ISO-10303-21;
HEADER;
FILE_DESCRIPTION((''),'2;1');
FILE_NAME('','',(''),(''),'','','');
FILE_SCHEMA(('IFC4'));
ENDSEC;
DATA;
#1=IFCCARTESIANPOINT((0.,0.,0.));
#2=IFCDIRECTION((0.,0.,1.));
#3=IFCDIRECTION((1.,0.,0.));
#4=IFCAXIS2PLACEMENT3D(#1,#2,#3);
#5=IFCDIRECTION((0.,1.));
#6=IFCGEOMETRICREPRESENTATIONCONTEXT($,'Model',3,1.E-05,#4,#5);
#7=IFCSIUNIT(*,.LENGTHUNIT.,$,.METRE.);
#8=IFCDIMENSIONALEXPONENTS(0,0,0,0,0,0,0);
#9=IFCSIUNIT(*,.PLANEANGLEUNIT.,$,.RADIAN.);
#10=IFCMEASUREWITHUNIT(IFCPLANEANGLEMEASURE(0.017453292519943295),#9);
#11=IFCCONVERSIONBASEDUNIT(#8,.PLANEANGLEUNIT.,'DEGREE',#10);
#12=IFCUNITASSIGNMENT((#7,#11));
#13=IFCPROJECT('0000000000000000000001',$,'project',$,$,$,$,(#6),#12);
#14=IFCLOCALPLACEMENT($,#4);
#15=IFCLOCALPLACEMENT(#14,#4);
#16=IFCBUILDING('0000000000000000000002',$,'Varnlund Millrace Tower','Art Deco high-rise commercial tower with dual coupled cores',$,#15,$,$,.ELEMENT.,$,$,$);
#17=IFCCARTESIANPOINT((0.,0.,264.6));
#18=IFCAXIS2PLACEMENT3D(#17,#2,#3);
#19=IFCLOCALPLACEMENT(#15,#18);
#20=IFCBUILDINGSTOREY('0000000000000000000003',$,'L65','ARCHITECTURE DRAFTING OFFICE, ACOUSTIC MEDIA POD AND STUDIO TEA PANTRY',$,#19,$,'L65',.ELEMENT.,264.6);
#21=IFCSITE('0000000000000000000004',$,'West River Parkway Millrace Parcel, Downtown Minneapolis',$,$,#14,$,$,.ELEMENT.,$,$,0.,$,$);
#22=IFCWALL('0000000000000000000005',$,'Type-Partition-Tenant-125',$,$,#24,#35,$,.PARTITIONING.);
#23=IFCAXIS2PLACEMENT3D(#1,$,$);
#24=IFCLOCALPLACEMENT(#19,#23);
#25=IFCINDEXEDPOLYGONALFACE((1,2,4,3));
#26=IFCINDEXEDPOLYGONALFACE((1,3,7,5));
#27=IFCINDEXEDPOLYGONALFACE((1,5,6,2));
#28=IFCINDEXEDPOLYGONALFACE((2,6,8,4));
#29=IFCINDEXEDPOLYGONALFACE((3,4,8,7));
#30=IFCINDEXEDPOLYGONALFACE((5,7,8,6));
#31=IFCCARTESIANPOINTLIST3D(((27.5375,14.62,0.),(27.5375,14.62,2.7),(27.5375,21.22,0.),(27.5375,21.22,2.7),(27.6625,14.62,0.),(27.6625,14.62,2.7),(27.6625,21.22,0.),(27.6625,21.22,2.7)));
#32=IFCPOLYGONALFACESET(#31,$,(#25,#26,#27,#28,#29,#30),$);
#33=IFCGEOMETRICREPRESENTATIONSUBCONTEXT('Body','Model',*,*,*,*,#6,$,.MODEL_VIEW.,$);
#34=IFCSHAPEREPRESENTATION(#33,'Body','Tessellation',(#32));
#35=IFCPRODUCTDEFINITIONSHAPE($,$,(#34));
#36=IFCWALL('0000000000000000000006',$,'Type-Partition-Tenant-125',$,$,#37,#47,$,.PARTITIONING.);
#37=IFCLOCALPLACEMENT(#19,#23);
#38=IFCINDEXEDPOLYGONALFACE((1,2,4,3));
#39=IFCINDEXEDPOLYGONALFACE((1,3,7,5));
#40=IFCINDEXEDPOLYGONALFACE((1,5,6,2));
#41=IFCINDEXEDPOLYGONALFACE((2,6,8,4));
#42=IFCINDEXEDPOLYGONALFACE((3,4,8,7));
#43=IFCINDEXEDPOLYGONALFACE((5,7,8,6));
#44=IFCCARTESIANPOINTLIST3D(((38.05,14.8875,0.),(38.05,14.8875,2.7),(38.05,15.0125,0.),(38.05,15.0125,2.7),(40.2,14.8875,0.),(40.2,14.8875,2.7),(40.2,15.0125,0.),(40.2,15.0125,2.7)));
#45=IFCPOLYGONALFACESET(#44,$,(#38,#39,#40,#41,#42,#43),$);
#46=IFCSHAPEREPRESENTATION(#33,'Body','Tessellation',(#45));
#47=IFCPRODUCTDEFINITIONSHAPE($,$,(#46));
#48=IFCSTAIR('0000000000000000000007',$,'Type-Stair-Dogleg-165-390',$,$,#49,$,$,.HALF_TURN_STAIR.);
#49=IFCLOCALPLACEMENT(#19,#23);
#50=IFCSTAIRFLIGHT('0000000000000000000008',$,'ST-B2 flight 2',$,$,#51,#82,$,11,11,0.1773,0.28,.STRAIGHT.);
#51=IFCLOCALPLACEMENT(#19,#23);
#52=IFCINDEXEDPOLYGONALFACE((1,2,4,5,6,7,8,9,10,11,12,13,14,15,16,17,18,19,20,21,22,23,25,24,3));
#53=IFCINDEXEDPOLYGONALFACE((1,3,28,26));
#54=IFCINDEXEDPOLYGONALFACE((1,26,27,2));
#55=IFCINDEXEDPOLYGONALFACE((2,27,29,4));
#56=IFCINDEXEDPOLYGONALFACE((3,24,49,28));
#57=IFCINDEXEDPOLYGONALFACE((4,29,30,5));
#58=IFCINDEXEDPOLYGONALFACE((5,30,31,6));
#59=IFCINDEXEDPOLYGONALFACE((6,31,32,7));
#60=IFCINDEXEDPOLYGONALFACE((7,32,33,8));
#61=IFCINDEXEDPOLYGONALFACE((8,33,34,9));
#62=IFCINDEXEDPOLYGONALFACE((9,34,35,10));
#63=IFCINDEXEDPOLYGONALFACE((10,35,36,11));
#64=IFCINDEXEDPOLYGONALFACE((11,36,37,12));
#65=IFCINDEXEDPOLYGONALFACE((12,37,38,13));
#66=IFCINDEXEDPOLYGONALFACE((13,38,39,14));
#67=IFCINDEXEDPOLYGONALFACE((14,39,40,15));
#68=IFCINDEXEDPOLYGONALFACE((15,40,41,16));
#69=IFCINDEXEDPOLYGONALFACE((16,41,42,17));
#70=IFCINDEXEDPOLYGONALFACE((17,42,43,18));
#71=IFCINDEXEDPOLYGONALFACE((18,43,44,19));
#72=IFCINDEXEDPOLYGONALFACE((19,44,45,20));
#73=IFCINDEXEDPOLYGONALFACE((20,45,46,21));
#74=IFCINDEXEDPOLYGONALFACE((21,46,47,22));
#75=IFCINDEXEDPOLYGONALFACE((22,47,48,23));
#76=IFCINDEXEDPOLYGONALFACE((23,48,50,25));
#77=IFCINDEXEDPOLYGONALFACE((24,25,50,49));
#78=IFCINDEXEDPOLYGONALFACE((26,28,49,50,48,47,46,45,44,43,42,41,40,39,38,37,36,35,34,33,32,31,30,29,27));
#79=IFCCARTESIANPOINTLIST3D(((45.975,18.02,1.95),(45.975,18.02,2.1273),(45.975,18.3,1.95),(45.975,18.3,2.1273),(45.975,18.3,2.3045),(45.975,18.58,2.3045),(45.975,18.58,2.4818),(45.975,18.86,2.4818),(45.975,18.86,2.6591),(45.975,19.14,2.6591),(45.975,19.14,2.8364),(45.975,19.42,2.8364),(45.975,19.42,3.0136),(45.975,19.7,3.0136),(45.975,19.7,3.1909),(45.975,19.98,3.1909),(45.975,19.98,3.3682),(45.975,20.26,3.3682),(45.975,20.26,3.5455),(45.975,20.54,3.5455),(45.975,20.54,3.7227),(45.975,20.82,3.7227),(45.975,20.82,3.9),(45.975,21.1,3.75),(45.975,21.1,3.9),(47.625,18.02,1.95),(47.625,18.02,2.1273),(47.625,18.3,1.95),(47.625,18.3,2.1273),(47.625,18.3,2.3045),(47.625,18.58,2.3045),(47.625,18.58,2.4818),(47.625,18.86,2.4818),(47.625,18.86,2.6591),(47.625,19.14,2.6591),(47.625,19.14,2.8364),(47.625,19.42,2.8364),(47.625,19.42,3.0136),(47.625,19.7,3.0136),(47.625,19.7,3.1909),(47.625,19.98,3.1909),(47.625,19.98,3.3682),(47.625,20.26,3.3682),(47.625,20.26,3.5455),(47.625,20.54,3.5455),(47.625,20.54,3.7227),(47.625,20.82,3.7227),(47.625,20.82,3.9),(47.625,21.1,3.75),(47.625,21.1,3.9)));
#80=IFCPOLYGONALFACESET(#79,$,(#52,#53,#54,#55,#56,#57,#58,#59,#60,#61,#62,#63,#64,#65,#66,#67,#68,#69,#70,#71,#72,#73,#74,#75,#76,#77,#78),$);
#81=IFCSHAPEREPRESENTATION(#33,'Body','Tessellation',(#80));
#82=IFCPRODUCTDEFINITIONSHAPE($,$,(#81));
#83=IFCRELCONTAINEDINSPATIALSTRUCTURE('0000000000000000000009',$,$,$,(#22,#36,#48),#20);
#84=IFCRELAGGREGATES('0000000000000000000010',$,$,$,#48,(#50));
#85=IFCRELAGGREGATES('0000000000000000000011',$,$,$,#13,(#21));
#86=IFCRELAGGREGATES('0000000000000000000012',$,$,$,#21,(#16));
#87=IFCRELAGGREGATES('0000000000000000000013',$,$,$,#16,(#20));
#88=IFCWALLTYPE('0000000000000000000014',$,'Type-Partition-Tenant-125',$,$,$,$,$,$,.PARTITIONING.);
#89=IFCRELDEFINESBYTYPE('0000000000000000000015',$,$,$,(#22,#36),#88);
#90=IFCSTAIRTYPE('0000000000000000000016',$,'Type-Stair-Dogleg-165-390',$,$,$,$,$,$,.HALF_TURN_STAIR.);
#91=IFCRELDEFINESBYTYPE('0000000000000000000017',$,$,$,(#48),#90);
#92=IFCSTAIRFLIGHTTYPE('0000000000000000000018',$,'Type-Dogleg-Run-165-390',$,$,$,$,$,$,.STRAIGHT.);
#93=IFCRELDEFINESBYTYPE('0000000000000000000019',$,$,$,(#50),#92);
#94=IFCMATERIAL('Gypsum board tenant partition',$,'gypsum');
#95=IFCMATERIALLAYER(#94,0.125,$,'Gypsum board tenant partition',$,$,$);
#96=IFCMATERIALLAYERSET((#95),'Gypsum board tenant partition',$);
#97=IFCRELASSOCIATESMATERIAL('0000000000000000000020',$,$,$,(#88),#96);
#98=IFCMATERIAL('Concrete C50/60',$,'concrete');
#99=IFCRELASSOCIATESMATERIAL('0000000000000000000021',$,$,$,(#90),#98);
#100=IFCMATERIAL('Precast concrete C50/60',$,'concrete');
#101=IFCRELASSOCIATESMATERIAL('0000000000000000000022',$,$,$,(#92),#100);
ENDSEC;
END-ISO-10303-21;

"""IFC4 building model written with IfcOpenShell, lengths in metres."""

from ifc_helpers import new_model, entity, si_unit, converted_unit, direction, frame, origin_with_axes, place, context, subcontext, project, spatial, polyline, outline, extrude, material, layer, layer_set, type_object, element, aggregate, save


model = new_model("IFC4")

# Units and contexts
model_context = context("Model", 3, precision=1e-05, world=origin_with_axes(), true_north=direction((0.0, 1.0)))
body_context = subcontext(model_context, "Body", "Model", "MODEL_VIEW")
ifc_project = project(units=[si_unit("LENGTHUNIT", "METRE"), converted_unit("PLANEANGLEUNIT", "DEGREE", entity("IfcPlaneAngleMeasure", 0.017453292519943295), si_unit("PLANEANGLEUNIT", "RADIAN"), dimensions=[0, 0, 0, 0, 0, 0, 0])], contexts=[model_context])

# Site, building, storey
site_placement = place(None, origin_with_axes())
site = spatial("IfcSite", under=ifc_project, at=site_placement, Name="West River Parkway Millrace Parcel, Downtown Minneapolis", CompositionType="ELEMENT", RefElevation=0.0)
building_placement = place(site_placement, origin_with_axes())
building = spatial("IfcBuilding", under=site, at=building_placement, Name="Varnlund Millrace Tower", Description="Art Deco high-rise commercial tower with dual coupled cores", CompositionType="ELEMENT")
storey_placement = place(building_placement, frame((0.0, 0.0, 264.6), z_axis=(0.0, 0.0, 1.0), x_axis=(1.0, 0.0, 0.0)))
storey = spatial("IfcBuildingStorey", under=building, at=storey_placement, Name="L65", Description="ARCHITECTURE DRAFTING OFFICE, ACOUSTIC MEDIA POD AND STUDIO TEA PANTRY", LongName="L65", CompositionType="ELEMENT", Elevation=264.6)

# Shared definitions
ifc_material_1 = material(Name="Precast concrete C50/60", Category="concrete")

# Walls
ifc_material_2 = material(Name="Gypsum board tenant partition", Category="gypsum")
ifc_layer_1 = layer(ifc_material_2, 0.125, Name="Gypsum board tenant partition")
ifc_layer_set_1 = layer_set([ifc_layer_1], Name="Gypsum board tenant partition")
wall_type_1 = type_object("IfcWallType", Name="Type-Partition-Tenant-125", PredefinedType="PARTITIONING", material=ifc_layer_set_1)
wall_1_placement = place(storey_placement, frame((27.6, 14.62, 0.0), z_axis=(0.0, 0.0, 1.0), x_axis=(0.0, 1.0, 0.0)))
element("IfcWall", 1, at=wall_1_placement, inside=storey, type_object=wall_type_1, Name="Type-Partition-Tenant-125", PredefinedType="PARTITIONING", context=body_context, shape_type="SweptSolid", body=[
    extrude(outline(polyline([(0.0, -0.0625), (6.6, -0.0625), (6.6, 0.0625), (0.0, 0.0625), (0.0, -0.0625)])), origin_with_axes(), (0.0, 0.0, 1.0), 2.7),
])
wall_2_placement = place(storey_placement, frame((38.05, 14.95, 0.0), z_axis=(0.0, 0.0, 1.0), x_axis=(1.0, 0.0, 0.0)))
element("IfcWall", 2, at=wall_2_placement, inside=storey, type_object=wall_type_1, Name="Type-Partition-Tenant-125", PredefinedType="PARTITIONING", context=body_context, shape_type="SweptSolid", body=[
    extrude(outline(polyline([(0.0, -0.0625), (2.15, -0.0625), (2.15, 0.0625), (0.0, 0.0625), (0.0, -0.0625)])), origin_with_axes(), (0.0, 0.0, 1.0), 2.7),
])

# Stair, stair flight
ifc_material_3 = material(Name="Concrete C50/60", Category="concrete")
stair_type = type_object("IfcStairType", Name="Type-Stair-Dogleg-165-390", PredefinedType="HALF_TURN_STAIR", material=ifc_material_3)
stair_placement = place(storey_placement, origin_with_axes())
stair = element("IfcStair", 3, at=stair_placement, inside=storey, type_object=stair_type, Name="Type-Stair-Dogleg-165-390", PredefinedType="HALF_TURN_STAIR")
stair_flight_type = type_object("IfcStairFlightType", Name="Type-Dogleg-Run-165-390", PredefinedType="STRAIGHT", material=ifc_material_1)
stair_flight_placement = place(storey_placement, frame((45.975, 18.02, 1.95), z_axis=(1.0, 0.0, 0.0), x_axis=(0.0, 1.0, 0.0)))
stair_flight = element("IfcStairFlight", 4, at=stair_flight_placement, type_object=stair_flight_type, Name="ST-B2 flight 2", NumberOfRisers=11, NumberOfTreads=11, PredefinedType="STRAIGHT", RiserHeight=0.1773, TreadLength=0.28, context=body_context, shape_type="SweptSolid", body=[
    extrude(outline(polyline([(0.0, 0.0), (0.0, 0.1773), (0.28, 0.1773), (0.28, 0.3545), (0.56, 0.3545), (0.56, 0.5318), (0.84, 0.5318), (0.84, 0.7091), (1.12, 0.7091), (1.12, 0.8864), (1.4, 0.8864), (1.4, 1.0636), (1.68, 1.0636), (1.68, 1.2409), (1.96, 1.2409), (1.96, 1.4182), (2.24, 1.4182), (2.24, 1.5955), (2.52, 1.5955), (2.52, 1.7727), (2.8, 1.7727), (2.8, 1.95), (3.08, 1.95), (3.08, 1.8), (0.28, 0.0), (0.0, 0.0)])), origin_with_axes(), (0.0, 0.0, 1.0), 1.65),
])
aggregate(stair, [stair_flight])

save(model, "model.ifc")
